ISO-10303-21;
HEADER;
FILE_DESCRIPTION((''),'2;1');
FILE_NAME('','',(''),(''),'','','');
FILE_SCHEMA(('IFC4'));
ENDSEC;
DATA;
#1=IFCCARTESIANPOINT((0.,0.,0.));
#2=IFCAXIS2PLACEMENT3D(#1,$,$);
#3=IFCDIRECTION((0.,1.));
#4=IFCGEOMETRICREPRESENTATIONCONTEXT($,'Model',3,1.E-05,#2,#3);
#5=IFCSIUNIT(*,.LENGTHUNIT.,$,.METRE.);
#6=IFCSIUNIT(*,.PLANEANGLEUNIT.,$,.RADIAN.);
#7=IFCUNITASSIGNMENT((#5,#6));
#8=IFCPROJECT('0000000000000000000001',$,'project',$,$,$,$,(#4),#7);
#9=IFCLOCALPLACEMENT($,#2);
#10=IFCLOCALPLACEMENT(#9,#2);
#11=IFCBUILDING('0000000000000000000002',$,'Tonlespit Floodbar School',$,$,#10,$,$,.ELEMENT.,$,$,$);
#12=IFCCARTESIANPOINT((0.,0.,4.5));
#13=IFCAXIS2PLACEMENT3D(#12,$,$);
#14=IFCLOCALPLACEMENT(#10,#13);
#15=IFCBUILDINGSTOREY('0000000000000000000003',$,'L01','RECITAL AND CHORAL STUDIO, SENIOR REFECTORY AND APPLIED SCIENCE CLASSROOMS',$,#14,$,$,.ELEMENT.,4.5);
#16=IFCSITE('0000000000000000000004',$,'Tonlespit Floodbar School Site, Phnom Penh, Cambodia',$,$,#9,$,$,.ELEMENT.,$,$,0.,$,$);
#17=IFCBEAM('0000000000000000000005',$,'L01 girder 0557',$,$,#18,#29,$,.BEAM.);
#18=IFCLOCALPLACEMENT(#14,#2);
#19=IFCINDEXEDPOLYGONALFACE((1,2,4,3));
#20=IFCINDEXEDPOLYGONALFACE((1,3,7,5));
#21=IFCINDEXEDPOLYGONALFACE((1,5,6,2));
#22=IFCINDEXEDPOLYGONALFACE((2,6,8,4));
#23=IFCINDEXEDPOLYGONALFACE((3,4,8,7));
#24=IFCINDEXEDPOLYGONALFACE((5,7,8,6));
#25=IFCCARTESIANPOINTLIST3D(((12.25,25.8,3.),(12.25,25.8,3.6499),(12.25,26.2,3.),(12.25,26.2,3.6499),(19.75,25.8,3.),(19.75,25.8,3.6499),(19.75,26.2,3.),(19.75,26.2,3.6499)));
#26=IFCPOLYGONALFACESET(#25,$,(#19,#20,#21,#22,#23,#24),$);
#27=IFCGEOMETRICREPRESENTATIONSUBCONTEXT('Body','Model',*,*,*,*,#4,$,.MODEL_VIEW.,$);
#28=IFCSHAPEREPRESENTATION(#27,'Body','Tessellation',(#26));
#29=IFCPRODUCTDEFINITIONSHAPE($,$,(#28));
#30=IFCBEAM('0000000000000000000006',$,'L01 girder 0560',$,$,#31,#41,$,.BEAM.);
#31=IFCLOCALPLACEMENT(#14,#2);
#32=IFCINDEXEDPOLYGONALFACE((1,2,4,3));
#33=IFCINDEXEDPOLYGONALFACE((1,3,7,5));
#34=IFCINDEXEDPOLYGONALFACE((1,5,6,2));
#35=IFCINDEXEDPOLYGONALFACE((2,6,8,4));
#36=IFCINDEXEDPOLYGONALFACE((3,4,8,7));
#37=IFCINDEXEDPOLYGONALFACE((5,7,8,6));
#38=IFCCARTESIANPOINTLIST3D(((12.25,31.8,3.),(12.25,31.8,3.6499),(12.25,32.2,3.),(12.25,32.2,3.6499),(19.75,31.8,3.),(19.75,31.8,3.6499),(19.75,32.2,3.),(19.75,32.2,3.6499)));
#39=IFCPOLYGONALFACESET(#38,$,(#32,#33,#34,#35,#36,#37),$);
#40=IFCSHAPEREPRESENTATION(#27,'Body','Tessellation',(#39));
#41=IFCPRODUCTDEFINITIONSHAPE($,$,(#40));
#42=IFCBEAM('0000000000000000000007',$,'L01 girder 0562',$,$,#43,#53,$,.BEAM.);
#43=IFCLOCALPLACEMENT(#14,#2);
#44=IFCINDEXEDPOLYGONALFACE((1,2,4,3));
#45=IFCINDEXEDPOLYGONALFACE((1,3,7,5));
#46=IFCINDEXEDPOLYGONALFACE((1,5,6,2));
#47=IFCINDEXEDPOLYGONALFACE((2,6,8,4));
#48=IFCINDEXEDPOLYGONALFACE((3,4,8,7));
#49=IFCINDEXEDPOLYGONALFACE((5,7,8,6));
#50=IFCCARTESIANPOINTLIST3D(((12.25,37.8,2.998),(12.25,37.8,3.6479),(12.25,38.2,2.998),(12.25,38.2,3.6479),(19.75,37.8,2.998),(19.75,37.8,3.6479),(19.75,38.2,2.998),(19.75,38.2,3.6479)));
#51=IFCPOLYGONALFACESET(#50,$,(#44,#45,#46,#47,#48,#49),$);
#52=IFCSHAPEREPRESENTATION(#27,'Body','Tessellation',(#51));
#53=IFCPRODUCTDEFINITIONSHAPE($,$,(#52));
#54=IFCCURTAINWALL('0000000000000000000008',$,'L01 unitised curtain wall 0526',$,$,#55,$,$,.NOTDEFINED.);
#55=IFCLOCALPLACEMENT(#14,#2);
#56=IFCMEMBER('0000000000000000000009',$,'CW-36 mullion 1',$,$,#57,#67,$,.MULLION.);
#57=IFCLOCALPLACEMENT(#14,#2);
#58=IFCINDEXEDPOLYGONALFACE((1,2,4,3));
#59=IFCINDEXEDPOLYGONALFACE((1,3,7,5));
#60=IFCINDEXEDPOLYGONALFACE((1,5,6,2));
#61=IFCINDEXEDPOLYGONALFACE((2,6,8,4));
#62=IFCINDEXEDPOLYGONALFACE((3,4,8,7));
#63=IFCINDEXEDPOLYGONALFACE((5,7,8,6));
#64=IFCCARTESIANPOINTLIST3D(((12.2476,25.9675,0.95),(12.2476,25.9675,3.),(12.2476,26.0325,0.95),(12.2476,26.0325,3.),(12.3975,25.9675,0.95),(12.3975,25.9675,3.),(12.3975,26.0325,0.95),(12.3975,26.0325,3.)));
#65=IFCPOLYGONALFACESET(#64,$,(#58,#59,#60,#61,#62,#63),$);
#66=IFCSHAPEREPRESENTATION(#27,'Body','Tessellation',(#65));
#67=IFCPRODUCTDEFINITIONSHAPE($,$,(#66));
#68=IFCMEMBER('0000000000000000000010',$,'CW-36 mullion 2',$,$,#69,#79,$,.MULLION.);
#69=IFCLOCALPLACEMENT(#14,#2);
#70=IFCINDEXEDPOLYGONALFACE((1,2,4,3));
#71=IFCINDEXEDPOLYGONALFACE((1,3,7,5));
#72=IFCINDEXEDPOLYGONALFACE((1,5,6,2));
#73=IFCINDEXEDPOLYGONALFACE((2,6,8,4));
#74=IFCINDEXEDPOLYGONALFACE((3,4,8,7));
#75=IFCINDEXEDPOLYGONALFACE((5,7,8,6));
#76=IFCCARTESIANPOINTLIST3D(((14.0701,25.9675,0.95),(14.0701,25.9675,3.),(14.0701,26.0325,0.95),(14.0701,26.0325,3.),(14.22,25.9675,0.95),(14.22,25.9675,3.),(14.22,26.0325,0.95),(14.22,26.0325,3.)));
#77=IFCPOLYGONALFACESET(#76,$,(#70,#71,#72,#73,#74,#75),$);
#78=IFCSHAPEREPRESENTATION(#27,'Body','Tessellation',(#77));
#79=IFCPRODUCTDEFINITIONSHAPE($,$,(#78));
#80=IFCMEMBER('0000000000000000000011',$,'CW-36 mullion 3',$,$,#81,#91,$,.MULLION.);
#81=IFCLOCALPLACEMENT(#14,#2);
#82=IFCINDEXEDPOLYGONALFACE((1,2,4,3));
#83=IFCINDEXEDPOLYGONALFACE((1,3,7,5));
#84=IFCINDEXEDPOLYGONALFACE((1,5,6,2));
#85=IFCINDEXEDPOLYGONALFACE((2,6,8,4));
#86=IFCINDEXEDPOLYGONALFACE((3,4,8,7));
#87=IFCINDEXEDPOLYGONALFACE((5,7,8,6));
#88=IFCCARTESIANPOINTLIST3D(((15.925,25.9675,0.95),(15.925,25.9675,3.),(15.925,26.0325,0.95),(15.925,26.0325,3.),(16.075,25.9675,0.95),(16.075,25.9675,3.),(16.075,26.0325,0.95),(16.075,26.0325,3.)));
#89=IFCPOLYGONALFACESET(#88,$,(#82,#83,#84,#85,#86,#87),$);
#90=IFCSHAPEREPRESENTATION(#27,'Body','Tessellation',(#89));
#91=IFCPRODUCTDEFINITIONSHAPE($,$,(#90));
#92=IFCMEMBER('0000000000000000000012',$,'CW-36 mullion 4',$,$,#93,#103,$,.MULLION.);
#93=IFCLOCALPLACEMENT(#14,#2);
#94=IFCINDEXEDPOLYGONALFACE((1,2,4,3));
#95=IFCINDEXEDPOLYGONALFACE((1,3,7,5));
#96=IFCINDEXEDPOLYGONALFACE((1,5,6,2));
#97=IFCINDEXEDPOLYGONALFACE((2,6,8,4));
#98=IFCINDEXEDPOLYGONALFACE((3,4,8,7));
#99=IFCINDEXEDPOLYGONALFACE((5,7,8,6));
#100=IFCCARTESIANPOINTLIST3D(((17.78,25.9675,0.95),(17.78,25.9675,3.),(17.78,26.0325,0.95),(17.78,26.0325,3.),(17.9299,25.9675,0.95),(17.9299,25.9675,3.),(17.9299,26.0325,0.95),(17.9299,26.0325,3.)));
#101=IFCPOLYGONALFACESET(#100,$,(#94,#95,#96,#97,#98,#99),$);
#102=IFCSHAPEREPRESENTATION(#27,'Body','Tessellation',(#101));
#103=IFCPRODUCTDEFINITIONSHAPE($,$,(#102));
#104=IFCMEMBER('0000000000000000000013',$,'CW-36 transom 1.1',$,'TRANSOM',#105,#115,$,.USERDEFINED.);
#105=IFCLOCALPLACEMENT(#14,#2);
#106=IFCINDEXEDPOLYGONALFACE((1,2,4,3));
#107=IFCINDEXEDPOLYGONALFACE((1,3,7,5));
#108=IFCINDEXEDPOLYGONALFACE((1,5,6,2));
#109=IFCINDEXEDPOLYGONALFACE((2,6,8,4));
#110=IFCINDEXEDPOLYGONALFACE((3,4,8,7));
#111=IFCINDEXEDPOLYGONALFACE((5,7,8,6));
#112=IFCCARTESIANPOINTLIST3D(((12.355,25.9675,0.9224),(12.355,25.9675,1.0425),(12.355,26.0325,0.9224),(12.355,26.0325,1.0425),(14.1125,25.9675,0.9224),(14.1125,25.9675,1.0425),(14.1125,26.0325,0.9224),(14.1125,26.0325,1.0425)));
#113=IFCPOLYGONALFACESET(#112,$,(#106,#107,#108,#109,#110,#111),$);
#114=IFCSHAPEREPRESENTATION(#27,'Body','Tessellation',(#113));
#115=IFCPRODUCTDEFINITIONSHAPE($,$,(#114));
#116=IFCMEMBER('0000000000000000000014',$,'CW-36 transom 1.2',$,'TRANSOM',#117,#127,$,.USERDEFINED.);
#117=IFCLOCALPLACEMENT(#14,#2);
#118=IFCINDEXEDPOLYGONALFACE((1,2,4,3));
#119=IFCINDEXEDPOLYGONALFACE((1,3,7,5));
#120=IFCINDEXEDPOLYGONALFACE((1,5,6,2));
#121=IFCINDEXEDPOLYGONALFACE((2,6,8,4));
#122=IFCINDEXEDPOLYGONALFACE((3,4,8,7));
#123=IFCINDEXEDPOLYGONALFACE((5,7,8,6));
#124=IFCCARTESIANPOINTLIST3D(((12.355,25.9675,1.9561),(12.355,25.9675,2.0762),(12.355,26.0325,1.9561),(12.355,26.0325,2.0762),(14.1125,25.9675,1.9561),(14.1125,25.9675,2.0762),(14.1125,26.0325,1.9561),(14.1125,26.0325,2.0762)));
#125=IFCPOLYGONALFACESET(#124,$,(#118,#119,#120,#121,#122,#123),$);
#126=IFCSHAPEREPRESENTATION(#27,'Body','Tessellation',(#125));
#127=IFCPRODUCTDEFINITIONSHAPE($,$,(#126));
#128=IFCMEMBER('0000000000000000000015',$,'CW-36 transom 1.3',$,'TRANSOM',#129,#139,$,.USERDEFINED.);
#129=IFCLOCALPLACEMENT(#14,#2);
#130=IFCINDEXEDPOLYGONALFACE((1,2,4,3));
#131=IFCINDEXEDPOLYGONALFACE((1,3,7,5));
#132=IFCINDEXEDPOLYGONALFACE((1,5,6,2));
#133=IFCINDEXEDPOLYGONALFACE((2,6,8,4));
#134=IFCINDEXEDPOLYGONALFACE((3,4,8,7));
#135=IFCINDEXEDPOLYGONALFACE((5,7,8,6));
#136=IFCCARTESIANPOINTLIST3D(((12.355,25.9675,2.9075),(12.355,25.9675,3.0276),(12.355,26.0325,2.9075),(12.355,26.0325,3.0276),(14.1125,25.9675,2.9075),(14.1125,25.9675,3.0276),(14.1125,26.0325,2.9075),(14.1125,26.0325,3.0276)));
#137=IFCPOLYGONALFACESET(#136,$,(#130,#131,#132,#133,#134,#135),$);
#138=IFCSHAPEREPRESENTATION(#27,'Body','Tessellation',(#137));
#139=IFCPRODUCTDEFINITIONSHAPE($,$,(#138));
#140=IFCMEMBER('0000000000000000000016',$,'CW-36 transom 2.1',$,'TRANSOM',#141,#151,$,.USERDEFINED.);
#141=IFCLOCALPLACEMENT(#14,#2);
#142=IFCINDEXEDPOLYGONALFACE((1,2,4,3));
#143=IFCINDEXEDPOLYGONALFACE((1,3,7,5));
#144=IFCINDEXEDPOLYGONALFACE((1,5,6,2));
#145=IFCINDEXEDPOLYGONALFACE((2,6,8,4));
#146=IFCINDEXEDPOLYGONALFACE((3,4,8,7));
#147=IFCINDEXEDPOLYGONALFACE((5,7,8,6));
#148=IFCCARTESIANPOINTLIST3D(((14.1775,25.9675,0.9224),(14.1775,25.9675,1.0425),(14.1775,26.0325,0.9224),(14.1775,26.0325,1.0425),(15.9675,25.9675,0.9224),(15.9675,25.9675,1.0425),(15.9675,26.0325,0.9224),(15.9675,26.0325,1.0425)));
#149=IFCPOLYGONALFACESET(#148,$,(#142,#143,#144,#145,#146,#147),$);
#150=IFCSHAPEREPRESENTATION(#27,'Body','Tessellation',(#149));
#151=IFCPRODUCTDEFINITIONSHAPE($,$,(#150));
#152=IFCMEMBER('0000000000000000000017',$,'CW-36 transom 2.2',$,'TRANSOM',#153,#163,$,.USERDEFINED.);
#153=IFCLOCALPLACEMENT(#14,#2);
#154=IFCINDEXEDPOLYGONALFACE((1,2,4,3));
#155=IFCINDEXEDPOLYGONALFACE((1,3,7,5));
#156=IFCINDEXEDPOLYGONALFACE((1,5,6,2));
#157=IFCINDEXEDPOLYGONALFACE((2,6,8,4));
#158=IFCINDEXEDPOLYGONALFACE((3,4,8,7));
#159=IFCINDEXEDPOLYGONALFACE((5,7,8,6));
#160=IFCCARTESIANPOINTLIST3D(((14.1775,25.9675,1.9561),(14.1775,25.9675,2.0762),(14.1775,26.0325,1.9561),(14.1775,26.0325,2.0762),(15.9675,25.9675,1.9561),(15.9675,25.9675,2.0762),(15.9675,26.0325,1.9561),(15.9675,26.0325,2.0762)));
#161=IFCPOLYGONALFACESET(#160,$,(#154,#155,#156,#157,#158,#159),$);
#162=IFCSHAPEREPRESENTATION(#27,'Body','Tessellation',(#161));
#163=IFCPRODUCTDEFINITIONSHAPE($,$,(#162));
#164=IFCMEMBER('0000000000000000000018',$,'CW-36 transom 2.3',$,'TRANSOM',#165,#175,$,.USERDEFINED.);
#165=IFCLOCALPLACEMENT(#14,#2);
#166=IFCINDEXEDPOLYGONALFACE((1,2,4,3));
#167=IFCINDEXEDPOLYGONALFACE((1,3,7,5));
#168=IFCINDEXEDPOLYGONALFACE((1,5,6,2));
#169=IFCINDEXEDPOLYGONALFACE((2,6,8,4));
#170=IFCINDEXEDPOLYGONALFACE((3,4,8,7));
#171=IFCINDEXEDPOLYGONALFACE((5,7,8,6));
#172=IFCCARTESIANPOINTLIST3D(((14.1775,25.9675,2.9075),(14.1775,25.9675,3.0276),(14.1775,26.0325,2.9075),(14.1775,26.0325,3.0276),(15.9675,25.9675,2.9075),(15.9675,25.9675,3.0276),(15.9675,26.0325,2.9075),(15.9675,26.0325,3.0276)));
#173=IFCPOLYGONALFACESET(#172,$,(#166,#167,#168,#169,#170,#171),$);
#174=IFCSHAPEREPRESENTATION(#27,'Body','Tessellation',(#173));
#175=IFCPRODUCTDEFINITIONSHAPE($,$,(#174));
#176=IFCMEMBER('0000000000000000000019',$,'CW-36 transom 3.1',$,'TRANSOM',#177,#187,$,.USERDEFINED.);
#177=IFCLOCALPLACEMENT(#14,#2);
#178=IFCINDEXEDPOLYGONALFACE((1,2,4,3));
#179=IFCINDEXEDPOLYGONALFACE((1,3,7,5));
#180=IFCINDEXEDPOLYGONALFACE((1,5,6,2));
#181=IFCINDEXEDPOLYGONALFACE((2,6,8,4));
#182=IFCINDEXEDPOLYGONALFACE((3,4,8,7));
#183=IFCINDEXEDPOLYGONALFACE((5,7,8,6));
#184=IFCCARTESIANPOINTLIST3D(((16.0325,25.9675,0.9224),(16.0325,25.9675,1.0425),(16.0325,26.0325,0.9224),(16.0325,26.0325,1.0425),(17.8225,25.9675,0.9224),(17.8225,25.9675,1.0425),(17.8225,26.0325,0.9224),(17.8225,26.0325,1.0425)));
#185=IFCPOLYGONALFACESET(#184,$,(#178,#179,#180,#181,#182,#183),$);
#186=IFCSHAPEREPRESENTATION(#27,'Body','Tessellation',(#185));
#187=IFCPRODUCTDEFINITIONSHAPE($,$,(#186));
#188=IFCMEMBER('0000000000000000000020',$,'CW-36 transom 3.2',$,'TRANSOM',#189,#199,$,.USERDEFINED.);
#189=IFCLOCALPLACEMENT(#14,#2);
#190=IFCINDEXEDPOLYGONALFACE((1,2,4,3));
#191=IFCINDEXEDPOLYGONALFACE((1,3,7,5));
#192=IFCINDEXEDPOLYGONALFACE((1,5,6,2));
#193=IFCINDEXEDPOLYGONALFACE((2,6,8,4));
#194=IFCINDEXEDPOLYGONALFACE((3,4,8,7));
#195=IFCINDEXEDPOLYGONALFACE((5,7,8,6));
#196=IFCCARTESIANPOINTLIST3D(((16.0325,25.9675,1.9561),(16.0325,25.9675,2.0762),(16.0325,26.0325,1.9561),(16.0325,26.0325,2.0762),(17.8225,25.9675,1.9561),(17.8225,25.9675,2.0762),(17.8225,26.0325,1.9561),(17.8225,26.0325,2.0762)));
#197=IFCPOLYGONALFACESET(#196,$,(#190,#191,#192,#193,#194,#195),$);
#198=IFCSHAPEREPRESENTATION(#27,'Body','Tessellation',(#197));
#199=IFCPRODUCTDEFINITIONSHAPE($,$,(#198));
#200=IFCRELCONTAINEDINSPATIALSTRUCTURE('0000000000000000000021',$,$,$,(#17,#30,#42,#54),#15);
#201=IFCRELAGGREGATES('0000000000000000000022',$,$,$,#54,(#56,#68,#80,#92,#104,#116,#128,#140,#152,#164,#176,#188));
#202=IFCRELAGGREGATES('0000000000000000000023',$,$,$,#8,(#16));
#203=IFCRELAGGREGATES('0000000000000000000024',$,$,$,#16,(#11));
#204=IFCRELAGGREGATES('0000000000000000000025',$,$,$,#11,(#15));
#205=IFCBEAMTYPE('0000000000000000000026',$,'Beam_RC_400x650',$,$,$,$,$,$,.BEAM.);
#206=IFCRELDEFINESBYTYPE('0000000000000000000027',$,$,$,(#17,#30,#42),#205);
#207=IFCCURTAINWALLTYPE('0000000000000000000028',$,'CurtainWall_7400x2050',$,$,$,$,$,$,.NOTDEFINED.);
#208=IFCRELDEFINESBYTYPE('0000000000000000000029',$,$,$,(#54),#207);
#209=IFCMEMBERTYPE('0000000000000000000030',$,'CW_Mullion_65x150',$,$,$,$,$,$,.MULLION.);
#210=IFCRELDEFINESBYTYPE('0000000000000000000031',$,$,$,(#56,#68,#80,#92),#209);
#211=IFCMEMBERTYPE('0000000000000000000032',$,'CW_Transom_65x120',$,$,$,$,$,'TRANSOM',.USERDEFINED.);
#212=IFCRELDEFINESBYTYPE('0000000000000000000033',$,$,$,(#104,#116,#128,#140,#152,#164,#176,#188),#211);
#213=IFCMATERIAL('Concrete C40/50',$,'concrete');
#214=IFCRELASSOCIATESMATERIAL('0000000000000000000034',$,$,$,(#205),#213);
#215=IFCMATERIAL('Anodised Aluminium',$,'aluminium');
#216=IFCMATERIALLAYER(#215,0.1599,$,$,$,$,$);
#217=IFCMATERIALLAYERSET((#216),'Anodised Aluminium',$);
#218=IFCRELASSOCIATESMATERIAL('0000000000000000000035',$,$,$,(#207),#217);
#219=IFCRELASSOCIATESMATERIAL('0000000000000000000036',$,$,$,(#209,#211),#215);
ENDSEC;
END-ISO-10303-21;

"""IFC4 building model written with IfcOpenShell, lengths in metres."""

from ifc_helpers import new_model, si_unit, direction, frame, origin, origin_2d, place, context, subcontext, project, spatial, rectangle, extrude, material, layer, layer_set, material_profile, profile_set, type_object, element, aggregate, save


model = new_model("IFC4")

# Units and contexts
model_context = context("Model", 3, precision=1e-05, world=origin(), true_north=direction((0.0, 1.0)))
body_context = subcontext(model_context, "Body", "Model", "MODEL_VIEW")
ifc_project = project(units=[si_unit("LENGTHUNIT", "METRE"), si_unit("PLANEANGLEUNIT", "RADIAN")], contexts=[model_context])

# Site, building, storey
site_placement = place(None, origin())
site = spatial("IfcSite", under=ifc_project, at=site_placement, Name="Tonlespit Floodbar School Site, Phnom Penh, Cambodia", CompositionType="ELEMENT", RefElevation=0.0)
building_placement = place(site_placement, origin())
building = spatial("IfcBuilding", under=site, at=building_placement, Name="Tonlespit Floodbar School", CompositionType="ELEMENT")
storey_placement = place(building_placement, frame((0.0, 0.0, 4.5)))
storey = spatial("IfcBuildingStorey", under=building, at=storey_placement, Name="L01", Description="RECITAL AND CHORAL STUDIO, SENIOR REFECTORY AND APPLIED SCIENCE CLASSROOMS", CompositionType="ELEMENT", Elevation=4.5)

# Beams
ifc_material_1 = material(Name="Concrete C40/50", Category="concrete")
ifc_material_profile_1 = material_profile(ifc_material_1, rectangle(XDim=0.3999, YDim=0.6499, at=origin_2d()), Name="RC 400x650")
ifc_profile_set_1 = profile_set([ifc_material_profile_1], Name="Concrete C40/50")
beam_type_1 = type_object("IfcBeamType", Name="Beam_RC_400x650", PredefinedType="BEAM", material=ifc_profile_set_1)
for number, where, z_axis, x_axis, name in (
    (1, (12.25, 26.0, 3.325), (1.0, 0.0, 0.0), (0.0, 1.0, 0.0), "L01 girder 0557"),
    (2, (12.25, 32.0, 3.325), (1.0, 0.0, 0.0), (0.0, 1.0, 0.0), "L01 girder 0560"),
    (3, (12.25, 38.0, 3.323), (1.0, 0.0, 0.0), (0.0, 1.0, 0.0), "L01 girder 0562"),
):
    element("IfcBeam", number, at=place(storey_placement, frame(where, z_axis=z_axis, x_axis=x_axis)), inside=storey, type_object=beam_type_1, Name=name, PredefinedType="BEAM", context=body_context, shape_type="SweptSolid", body=[
        extrude(rectangle(XDim=0.3999, YDim=0.6499, at=origin_2d()), origin(), (0.0, 0.0, 1.0), 7.5),
    ])

# Curtain wall, members
ifc_material_2 = material(Name="Anodised Aluminium", Category="aluminium")
ifc_layer_1 = layer(ifc_material_2, 0.1599)
ifc_layer_set_1 = layer_set([ifc_layer_1], Name="Anodised Aluminium")
curtain_wall_type = type_object("IfcCurtainWallType", Name="CurtainWall_7400x2050", PredefinedType="NOTDEFINED", material=ifc_layer_set_1)
curtain_wall_placement = place(storey_placement, origin())
curtain_wall = element("IfcCurtainWall", 4, at=curtain_wall_placement, inside=storey, type_object=curtain_wall_type, Name="L01 unitised curtain wall 0526", PredefinedType="NOTDEFINED")
ifc_material_profile_2 = material_profile(ifc_material_2, rectangle(XDim=0.0649, YDim=0.1499, at=origin_2d()), Name="ALU M65x150")
ifc_profile_set_2 = profile_set([ifc_material_profile_2], Name="Anodised Aluminium")
member_type_1 = type_object("IfcMemberType", Name="CW_Mullion_65x150", PredefinedType="MULLION", material=ifc_profile_set_2)
member_1_placement = place(storey_placement, frame((12.3225, 26.0, 0.95), z_axis=(0.0, 0.0, 1.0), x_axis=(0.0, 1.0, 0.0)))
member_1 = element("IfcMember", 5, at=member_1_placement, type_object=member_type_1, Name="CW-36 mullion 1", PredefinedType="MULLION", context=body_context, shape_type="SweptSolid", body=[
    extrude(rectangle(XDim=0.0649, YDim=0.1499, at=origin_2d()), origin(), (0.0, 0.0, 1.0), 2.05),
])
member_2_placement = place(storey_placement, frame((14.145, 26.0, 0.95), z_axis=(0.0, 0.0, 1.0), x_axis=(0.0, 1.0, 0.0)))
member_2 = element("IfcMember", 6, at=member_2_placement, type_object=member_type_1, Name="CW-36 mullion 2", PredefinedType="MULLION", context=body_context, shape_type="SweptSolid", body=[
    extrude(rectangle(XDim=0.0649, YDim=0.1499, at=origin_2d()), origin(), (0.0, 0.0, 1.0), 2.05),
])
member_3_placement = place(storey_placement, frame((16.0, 26.0, 0.95), z_axis=(0.0, 0.0, 1.0), x_axis=(0.0, 1.0, 0.0)))
member_3 = element("IfcMember", 7, at=member_3_placement, type_object=member_type_1, Name="CW-36 mullion 3", PredefinedType="MULLION", context=body_context, shape_type="SweptSolid", body=[
    extrude(rectangle(XDim=0.0649, YDim=0.1499, at=origin_2d()), origin(), (0.0, 0.0, 1.0), 2.05),
])
member_4_placement = place(storey_placement, frame((17.855, 26.0, 0.95), z_axis=(0.0, 0.0, 1.0), x_axis=(0.0, 1.0, 0.0)))
member_4 = element("IfcMember", 8, at=member_4_placement, type_object=member_type_1, Name="CW-36 mullion 4", PredefinedType="MULLION", context=body_context, shape_type="SweptSolid", body=[
    extrude(rectangle(XDim=0.0649, YDim=0.1499, at=origin_2d()), origin(), (0.0, 0.0, 1.0), 2.05),
])
ifc_material_profile_3 = material_profile(ifc_material_2, rectangle(XDim=0.0649, YDim=0.1201, at=origin_2d()), Name="ALU T65x120")
ifc_profile_set_3 = profile_set([ifc_material_profile_3], Name="Anodised Aluminium")
member_type_2 = type_object("IfcMemberType", Name="CW_Transom_65x120", ElementType="TRANSOM", PredefinedType="USERDEFINED", material=ifc_profile_set_3)
member_5_placement = place(storey_placement, frame((12.355, 26.0, 0.9824), z_axis=(1.0, 0.0, 0.0), x_axis=(0.0, 1.0, 0.0)))
member_5 = element("IfcMember", 9, at=member_5_placement, type_object=member_type_2, Name="CW-36 transom 1.1", ObjectType="TRANSOM", PredefinedType="USERDEFINED", context=body_context, shape_type="SweptSolid", body=[
    extrude(rectangle(XDim=0.0649, YDim=0.1201, at=origin_2d()), origin(), (0.0, 0.0, 1.0), 1.7576),
])
member_6_placement = place(storey_placement, frame((12.355, 26.0, 2.0161), z_axis=(1.0, 0.0, 0.0), x_axis=(0.0, 1.0, 0.0)))
member_6 = element("IfcMember", 10, at=member_6_placement, type_object=member_type_2, Name="CW-36 transom 1.2", ObjectType="TRANSOM", PredefinedType="USERDEFINED", context=body_context, shape_type="SweptSolid", body=[
    extrude(rectangle(XDim=0.0649, YDim=0.1201, at=origin_2d()), origin(), (0.0, 0.0, 1.0), 1.7576),
])
member_7_placement = place(storey_placement, frame((12.355, 26.0, 2.9675), z_axis=(1.0, 0.0, 0.0), x_axis=(0.0, 1.0, 0.0)))
member_7 = element("IfcMember", 11, at=member_7_placement, type_object=member_type_2, Name="CW-36 transom 1.3", ObjectType="TRANSOM", PredefinedType="USERDEFINED", context=body_context, shape_type="SweptSolid", body=[
    extrude(rectangle(XDim=0.0649, YDim=0.1201, at=origin_2d()), origin(), (0.0, 0.0, 1.0), 1.7576),
])
member_8_placement = place(storey_placement, frame((14.1775, 26.0, 0.9824), z_axis=(1.0, 0.0, 0.0), x_axis=(0.0, 1.0, 0.0)))
member_8 = element("IfcMember", 12, at=member_8_placement, type_object=member_type_2, Name="CW-36 transom 2.1", ObjectType="TRANSOM", PredefinedType="USERDEFINED", context=body_context, shape_type="SweptSolid", body=[
    extrude(rectangle(XDim=0.0649, YDim=0.1201, at=origin_2d()), origin(), (0.0, 0.0, 1.0), 1.79),
])
member_9_placement = place(storey_placement, frame((14.1775, 26.0, 2.0161), z_axis=(1.0, 0.0, 0.0), x_axis=(0.0, 1.0, 0.0)))
member_9 = element("IfcMember", 13, at=member_9_placement, type_object=member_type_2, Name="CW-36 transom 2.2", ObjectType="TRANSOM", PredefinedType="USERDEFINED", context=body_context, shape_type="SweptSolid", body=[
    extrude(rectangle(XDim=0.0649, YDim=0.1201, at=origin_2d()), origin(), (0.0, 0.0, 1.0), 1.79),
])
member_10_placement = place(storey_placement, frame((14.1775, 26.0, 2.9675), z_axis=(1.0, 0.0, 0.0), x_axis=(0.0, 1.0, 0.0)))
member_10 = element("IfcMember", 14, at=member_10_placement, type_object=member_type_2, Name="CW-36 transom 2.3", ObjectType="TRANSOM", PredefinedType="USERDEFINED", context=body_context, shape_type="SweptSolid", body=[
    extrude(rectangle(XDim=0.0649, YDim=0.1201, at=origin_2d()), origin(), (0.0, 0.0, 1.0), 1.79),
])
member_11_placement = place(storey_placement, frame((16.0325, 26.0, 0.9824), z_axis=(1.0, 0.0, 0.0), x_axis=(0.0, 1.0, 0.0)))
member_11 = element("IfcMember", 15, at=member_11_placement, type_object=member_type_2, Name="CW-36 transom 3.1", ObjectType="TRANSOM", PredefinedType="USERDEFINED", context=body_context, shape_type="SweptSolid", body=[
    extrude(rectangle(XDim=0.0649, YDim=0.1201, at=origin_2d()), origin(), (0.0, 0.0, 1.0), 1.79),
])
member_12_placement = place(storey_placement, frame((16.0325, 26.0, 2.0161), z_axis=(1.0, 0.0, 0.0), x_axis=(0.0, 1.0, 0.0)))
member_12 = element("IfcMember", 16, at=member_12_placement, type_object=member_type_2, Name="CW-36 transom 3.2", ObjectType="TRANSOM", PredefinedType="USERDEFINED", context=body_context, shape_type="SweptSolid", body=[
    extrude(rectangle(XDim=0.0649, YDim=0.1201, at=origin_2d()), origin(), (0.0, 0.0, 1.0), 1.79),
])

aggregate(curtain_wall, [member_1, member_2, member_3, member_4, member_5, member_6, member_7, member_8, member_9, member_10, member_11, member_12])

save(model, "model.ifc")
